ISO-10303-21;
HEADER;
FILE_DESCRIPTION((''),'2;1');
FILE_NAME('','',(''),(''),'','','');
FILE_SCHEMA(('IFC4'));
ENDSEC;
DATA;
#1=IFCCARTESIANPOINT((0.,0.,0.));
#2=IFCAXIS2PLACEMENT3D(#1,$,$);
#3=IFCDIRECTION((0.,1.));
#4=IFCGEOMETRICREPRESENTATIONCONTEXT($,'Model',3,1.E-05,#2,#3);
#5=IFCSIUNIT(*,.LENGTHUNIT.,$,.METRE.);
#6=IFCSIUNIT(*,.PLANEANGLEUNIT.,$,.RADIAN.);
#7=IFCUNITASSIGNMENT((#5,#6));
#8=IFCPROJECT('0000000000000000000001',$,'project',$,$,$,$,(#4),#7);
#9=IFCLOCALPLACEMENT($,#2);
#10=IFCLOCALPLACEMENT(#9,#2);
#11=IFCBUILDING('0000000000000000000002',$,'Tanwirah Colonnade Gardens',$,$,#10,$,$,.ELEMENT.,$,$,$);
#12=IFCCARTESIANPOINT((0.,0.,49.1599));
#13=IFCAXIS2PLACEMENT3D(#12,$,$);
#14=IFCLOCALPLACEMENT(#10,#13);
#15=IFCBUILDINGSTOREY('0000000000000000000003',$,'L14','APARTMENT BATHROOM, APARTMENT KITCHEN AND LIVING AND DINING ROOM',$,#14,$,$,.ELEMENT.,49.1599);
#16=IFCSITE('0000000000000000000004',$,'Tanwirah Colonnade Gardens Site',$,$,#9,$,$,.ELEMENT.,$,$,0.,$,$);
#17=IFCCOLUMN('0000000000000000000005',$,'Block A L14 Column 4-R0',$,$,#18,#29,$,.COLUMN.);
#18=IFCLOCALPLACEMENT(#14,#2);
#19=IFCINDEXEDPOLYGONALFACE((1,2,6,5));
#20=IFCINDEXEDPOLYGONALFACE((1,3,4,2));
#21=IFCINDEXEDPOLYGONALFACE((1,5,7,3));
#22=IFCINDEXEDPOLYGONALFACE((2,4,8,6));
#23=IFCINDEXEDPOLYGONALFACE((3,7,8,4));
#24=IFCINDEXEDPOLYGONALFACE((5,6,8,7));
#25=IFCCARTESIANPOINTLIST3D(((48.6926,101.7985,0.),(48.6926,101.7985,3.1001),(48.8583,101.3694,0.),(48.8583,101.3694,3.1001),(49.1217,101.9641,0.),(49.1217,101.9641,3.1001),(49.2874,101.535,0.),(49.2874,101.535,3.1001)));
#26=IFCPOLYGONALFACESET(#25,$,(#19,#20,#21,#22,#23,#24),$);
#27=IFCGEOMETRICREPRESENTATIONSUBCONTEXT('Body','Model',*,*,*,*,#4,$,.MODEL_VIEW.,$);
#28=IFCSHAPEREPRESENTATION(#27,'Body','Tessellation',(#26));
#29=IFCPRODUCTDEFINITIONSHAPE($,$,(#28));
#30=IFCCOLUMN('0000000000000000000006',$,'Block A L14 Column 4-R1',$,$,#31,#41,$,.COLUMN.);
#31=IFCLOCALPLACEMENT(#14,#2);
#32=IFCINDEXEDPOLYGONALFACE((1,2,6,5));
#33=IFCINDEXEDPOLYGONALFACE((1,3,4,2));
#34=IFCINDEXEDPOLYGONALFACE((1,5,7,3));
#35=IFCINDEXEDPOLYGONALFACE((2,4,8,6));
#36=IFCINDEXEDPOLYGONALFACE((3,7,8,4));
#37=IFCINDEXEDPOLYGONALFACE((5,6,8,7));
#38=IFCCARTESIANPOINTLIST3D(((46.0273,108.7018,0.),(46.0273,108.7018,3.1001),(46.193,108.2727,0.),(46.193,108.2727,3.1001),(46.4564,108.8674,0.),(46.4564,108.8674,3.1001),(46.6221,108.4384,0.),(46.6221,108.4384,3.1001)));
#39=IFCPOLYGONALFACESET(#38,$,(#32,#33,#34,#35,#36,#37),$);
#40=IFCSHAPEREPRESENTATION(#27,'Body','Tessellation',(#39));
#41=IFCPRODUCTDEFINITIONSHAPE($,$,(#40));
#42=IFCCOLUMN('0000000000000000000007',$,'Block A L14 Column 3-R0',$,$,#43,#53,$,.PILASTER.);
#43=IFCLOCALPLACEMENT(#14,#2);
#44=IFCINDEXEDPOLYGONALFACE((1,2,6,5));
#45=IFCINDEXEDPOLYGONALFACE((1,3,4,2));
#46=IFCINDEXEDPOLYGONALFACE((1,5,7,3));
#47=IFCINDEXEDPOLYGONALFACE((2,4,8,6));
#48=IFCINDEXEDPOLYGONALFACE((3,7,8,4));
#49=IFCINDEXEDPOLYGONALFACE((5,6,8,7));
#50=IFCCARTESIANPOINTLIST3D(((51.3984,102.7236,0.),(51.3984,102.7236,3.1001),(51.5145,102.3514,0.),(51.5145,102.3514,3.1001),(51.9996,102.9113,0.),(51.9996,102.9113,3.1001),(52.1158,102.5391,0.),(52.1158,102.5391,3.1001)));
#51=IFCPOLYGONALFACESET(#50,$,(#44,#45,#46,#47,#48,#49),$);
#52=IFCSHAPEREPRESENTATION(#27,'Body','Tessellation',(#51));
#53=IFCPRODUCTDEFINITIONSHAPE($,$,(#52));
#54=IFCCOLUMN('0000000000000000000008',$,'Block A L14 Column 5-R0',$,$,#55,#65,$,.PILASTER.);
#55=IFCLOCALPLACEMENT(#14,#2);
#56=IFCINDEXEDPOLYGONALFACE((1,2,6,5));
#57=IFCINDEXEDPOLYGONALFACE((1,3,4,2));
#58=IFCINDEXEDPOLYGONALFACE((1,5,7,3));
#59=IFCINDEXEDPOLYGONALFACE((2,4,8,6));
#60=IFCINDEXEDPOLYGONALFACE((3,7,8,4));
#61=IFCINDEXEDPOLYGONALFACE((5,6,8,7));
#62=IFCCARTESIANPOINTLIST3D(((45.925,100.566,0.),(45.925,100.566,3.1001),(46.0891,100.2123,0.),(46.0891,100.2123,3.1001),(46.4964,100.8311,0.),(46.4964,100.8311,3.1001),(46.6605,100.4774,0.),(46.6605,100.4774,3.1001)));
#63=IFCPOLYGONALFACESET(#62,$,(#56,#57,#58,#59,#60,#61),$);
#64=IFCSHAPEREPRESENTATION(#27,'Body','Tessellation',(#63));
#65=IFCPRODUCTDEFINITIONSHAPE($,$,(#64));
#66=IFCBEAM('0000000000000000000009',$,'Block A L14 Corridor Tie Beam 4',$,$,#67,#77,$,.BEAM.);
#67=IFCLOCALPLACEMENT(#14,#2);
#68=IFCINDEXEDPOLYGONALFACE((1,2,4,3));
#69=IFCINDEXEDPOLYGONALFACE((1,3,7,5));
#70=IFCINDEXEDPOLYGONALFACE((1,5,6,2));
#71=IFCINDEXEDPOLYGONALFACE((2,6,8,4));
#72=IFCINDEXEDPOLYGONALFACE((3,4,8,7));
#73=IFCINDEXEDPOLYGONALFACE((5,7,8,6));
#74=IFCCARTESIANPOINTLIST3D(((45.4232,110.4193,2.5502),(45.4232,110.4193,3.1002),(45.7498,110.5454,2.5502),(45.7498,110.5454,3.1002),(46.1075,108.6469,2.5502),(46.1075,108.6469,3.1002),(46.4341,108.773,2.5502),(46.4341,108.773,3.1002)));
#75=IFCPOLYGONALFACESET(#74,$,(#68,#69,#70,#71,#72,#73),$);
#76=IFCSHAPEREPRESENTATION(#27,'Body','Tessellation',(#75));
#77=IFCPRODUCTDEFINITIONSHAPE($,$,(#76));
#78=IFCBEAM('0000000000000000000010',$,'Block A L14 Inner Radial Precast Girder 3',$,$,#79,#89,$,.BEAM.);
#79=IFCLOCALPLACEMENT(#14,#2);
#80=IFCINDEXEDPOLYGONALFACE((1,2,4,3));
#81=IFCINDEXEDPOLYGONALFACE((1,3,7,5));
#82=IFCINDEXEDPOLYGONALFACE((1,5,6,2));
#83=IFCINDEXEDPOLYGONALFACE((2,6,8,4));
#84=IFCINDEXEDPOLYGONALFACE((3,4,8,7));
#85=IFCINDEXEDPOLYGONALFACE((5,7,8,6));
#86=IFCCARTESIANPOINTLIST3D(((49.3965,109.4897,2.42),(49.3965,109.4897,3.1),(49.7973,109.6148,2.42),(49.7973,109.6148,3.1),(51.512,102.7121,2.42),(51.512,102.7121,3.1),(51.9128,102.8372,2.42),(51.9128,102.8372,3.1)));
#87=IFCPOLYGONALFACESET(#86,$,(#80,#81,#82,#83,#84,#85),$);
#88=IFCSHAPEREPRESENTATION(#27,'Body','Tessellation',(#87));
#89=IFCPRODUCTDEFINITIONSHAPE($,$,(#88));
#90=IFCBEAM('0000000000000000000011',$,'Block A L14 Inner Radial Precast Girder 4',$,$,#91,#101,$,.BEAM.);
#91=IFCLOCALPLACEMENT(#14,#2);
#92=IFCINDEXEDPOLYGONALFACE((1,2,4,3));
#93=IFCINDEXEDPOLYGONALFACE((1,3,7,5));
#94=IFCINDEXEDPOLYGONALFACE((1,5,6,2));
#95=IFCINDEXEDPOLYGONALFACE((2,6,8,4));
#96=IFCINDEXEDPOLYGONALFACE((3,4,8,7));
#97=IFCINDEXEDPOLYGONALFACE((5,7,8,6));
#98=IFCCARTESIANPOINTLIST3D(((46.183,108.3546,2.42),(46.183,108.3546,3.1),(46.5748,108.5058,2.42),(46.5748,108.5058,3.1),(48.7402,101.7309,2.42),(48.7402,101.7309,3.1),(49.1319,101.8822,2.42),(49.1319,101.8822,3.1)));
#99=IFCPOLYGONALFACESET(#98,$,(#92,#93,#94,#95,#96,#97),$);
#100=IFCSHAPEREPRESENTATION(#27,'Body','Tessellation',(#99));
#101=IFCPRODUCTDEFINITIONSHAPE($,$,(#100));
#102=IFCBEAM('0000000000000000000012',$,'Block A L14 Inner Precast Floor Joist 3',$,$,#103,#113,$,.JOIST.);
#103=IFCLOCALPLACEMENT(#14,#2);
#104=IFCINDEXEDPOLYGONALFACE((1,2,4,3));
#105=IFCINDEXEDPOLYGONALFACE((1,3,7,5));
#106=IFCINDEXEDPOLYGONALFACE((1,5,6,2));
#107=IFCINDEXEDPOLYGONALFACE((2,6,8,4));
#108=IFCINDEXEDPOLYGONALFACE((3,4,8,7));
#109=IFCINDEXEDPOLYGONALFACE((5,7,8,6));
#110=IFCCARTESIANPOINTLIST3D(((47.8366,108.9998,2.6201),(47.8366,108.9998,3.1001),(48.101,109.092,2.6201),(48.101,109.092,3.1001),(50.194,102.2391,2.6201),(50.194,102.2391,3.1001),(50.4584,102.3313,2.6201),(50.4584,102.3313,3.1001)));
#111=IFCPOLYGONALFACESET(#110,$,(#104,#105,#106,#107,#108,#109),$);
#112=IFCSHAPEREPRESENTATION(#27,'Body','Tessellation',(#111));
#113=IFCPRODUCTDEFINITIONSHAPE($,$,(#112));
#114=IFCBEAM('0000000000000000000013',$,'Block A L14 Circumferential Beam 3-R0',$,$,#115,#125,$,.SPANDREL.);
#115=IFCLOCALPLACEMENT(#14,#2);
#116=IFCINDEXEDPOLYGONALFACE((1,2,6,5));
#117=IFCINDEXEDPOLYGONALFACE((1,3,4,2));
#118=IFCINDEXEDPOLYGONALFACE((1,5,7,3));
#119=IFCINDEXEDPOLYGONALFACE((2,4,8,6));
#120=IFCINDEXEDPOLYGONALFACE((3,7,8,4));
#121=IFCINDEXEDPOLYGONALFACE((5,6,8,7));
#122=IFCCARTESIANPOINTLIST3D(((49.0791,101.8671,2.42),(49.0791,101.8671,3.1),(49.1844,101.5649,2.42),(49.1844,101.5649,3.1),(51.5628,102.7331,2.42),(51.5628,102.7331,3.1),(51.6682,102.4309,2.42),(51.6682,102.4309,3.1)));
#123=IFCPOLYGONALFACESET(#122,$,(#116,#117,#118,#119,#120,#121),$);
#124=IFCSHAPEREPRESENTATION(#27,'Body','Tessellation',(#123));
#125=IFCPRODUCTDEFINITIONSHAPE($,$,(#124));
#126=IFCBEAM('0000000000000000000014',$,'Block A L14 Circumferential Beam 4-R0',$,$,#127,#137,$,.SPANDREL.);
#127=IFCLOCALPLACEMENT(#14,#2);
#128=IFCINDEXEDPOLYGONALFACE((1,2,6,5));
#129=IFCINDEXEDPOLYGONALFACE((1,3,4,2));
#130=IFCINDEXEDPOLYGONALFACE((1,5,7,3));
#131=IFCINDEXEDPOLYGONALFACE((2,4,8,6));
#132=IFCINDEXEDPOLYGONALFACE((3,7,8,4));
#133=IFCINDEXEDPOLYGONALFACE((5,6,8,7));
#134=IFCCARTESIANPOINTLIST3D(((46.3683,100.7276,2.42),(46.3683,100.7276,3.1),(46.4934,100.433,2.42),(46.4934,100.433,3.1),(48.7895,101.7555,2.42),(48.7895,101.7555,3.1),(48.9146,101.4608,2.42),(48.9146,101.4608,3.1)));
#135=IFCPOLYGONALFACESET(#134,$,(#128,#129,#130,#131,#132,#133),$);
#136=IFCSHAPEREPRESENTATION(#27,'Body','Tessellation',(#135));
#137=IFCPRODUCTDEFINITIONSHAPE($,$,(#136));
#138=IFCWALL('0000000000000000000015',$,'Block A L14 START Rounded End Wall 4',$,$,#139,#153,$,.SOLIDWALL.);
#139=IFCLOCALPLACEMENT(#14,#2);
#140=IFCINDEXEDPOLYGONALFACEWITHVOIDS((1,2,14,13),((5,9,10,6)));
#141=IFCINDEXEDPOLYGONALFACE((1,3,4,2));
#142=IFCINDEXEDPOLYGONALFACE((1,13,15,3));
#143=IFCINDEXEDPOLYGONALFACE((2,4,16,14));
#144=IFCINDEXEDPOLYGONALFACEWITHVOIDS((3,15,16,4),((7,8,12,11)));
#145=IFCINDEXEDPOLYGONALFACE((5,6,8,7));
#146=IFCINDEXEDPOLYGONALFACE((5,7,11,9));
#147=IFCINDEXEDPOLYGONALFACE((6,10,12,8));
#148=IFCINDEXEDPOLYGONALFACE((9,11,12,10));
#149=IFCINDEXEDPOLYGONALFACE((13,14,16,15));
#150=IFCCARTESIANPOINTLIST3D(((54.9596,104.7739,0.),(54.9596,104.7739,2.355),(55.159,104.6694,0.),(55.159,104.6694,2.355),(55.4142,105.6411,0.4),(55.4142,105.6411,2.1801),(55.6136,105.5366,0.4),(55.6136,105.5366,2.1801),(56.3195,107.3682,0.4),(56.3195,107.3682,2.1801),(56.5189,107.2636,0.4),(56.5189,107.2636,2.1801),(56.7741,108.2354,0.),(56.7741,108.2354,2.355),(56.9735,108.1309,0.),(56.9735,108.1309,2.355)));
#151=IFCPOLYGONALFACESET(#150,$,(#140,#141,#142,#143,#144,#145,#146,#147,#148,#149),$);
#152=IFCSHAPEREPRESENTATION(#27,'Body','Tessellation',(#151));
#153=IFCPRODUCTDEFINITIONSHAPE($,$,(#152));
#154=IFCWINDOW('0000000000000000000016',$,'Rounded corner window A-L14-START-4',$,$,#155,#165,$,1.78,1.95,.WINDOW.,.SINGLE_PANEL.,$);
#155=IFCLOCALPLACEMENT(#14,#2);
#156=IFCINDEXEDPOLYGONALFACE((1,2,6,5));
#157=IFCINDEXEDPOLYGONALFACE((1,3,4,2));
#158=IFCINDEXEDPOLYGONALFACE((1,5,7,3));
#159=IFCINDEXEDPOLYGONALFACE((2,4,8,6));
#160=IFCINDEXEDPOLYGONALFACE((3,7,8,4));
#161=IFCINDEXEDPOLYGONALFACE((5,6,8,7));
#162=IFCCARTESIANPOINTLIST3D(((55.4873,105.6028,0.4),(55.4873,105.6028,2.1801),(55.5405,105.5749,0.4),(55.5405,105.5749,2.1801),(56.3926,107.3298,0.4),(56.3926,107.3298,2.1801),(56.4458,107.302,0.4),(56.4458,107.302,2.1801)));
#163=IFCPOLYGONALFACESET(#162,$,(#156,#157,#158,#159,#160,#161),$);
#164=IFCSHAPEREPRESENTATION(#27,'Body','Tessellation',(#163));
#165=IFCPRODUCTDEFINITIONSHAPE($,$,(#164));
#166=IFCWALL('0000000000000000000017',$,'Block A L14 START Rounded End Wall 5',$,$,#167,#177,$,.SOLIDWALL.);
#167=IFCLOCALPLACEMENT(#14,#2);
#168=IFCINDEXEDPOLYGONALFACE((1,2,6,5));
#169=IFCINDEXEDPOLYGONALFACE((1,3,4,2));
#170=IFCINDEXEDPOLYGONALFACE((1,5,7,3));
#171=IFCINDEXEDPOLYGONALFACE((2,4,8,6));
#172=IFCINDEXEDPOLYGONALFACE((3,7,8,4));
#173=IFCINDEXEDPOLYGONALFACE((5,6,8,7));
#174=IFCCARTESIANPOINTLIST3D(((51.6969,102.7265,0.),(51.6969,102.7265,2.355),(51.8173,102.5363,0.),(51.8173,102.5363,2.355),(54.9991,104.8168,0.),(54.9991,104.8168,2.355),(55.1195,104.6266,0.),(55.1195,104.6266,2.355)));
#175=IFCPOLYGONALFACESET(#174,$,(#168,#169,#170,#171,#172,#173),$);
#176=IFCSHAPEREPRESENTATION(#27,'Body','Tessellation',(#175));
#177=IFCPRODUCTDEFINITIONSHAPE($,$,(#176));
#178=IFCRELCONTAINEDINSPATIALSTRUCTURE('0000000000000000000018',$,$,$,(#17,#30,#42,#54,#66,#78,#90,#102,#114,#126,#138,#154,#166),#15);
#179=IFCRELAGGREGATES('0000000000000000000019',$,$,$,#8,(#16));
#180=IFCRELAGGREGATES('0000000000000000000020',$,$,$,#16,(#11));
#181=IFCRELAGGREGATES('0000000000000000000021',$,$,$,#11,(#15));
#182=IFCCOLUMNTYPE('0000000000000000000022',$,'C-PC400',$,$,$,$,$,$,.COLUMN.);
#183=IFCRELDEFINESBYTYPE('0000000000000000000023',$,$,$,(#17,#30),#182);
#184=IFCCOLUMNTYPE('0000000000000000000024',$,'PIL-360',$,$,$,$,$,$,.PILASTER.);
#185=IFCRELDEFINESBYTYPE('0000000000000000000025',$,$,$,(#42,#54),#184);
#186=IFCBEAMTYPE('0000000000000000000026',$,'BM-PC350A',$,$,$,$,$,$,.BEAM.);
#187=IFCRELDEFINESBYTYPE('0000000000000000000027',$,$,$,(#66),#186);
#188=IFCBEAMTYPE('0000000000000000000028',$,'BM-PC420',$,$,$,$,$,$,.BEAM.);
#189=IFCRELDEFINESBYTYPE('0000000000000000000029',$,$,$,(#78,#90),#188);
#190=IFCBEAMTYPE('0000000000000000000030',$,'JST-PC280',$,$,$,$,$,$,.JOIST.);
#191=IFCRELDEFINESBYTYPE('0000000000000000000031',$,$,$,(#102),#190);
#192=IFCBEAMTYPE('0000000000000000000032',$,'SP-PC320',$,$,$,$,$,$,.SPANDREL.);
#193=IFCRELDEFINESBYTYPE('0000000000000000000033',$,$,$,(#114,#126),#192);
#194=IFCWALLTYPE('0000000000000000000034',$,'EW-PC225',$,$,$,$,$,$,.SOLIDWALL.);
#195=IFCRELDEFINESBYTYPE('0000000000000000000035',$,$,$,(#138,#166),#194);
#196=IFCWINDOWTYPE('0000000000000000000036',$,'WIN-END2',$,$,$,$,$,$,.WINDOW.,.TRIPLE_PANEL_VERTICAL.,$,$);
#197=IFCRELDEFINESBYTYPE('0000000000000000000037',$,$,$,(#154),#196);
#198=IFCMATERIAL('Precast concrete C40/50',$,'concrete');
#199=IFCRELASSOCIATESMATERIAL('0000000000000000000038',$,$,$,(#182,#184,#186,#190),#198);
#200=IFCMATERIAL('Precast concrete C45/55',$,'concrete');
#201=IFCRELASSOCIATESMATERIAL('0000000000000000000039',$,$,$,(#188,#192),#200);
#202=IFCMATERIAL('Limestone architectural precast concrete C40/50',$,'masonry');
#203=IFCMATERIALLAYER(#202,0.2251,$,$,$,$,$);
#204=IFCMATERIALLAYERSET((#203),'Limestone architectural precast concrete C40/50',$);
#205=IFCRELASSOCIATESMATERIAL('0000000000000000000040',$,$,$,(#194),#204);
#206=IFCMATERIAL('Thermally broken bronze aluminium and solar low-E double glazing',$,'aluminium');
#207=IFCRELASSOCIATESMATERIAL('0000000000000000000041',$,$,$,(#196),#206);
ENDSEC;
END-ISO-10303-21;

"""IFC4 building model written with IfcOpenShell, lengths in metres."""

from ifc_helpers import new_model, si_unit, direction, frame, frame_2d, origin, origin_2d, place, context, subcontext, project, spatial, rectangle, extrude, material, layer, layer_set, material_profile, profile_set, type_object, element, fill, save


model = new_model("IFC4")

# Units and contexts
model_context = context("Model", 3, precision=1e-05, world=origin(), true_north=direction((0.0, 1.0)))
body_context = subcontext(model_context, "Body", "Model", "MODEL_VIEW")
ifc_project = project(units=[si_unit("LENGTHUNIT", "METRE"), si_unit("PLANEANGLEUNIT", "RADIAN")], contexts=[model_context])

# Site, building, storey
site_placement = place(None, origin())
site = spatial("IfcSite", under=ifc_project, at=site_placement, Name="Tanwirah Colonnade Gardens Site", CompositionType="ELEMENT", RefElevation=0.0)
building_placement = place(site_placement, origin())
building = spatial("IfcBuilding", under=site, at=building_placement, Name="Tanwirah Colonnade Gardens", CompositionType="ELEMENT")
storey_placement = place(building_placement, frame((0.0, 0.0, 49.1599)))
storey = spatial("IfcBuildingStorey", under=building, at=storey_placement, Name="L14", Description="APARTMENT BATHROOM, APARTMENT KITCHEN AND LIVING AND DINING ROOM", CompositionType="ELEMENT", Elevation=49.1599)

# Columns
ifc_material_1 = material(Name="Precast concrete C40/50", Category="concrete")
ifc_material_profile_1 = material_profile(ifc_material_1, rectangle(XDim=0.46, YDim=0.46, at=origin_2d()), Name="PC-COL 460x460")
ifc_profile_set_1 = profile_set([ifc_material_profile_1], Name="Precast concrete C40/50")
column_type_1 = type_object("IfcColumnType", Name="C-PC400", PredefinedType="COLUMN", material=ifc_profile_set_1)
for number, where, z_axis, x_axis, name in (
    (1, (48.99, 101.6667, 0.0), (0.0, 0.0, 1.0), (-0.360178, 0.932884, 0.0), "Block A L14 Column 4-R0"),
    (2, (46.3247, 108.5701, 0.0), (0.0, 0.0, 1.0), (-0.360178, 0.932884, 0.0), "Block A L14 Column 4-R1"),
):
    element("IfcColumn", number, at=place(storey_placement, frame(where, z_axis=z_axis, x_axis=x_axis)), inside=storey, type_object=column_type_1, Name=name, PredefinedType="COLUMN", context=body_context, shape_type="SweptSolid", body=[
        extrude(rectangle(XDim=0.46, YDim=0.46, at=origin_2d()), origin(), (0.0, 0.0, 1.0), 3.1001),
    ])
ifc_material_profile_2 = material_profile(ifc_material_1, rectangle(XDim=0.3899, YDim=0.6299, at=origin_2d()), Name="PC-PIL 390x630")
ifc_profile_set_2 = profile_set([ifc_material_profile_2], Name="Precast concrete C40/50")
column_type_2 = type_object("IfcColumnType", Name="PIL-360", PredefinedType="PILASTER", material=ifc_profile_set_2)
for number, where, z_axis, x_axis, name in (
    (3, (51.7571, 102.6313, 0.0), (0.0, 0.0, 1.0), (-0.29793, 0.954588, 0.0), "Block A L14 Column 3-R0"),
    (4, (46.2927, 100.5217, 0.0), (0.0, 0.0, 1.0), (-0.42086, 0.907126, 0.0), "Block A L14 Column 5-R0"),
):
    element("IfcColumn", number, at=place(storey_placement, frame(where, z_axis=z_axis, x_axis=x_axis)), inside=storey, type_object=column_type_2, Name=name, PredefinedType="PILASTER", context=body_context, shape_type="SweptSolid", body=[
        extrude(rectangle(XDim=0.3899, YDim=0.6299, at=origin_2d()), origin(), (0.0, 0.0, 1.0), 3.1001),
    ])

# Beams
ifc_material_profile_3 = material_profile(ifc_material_1, rectangle(XDim=0.3501, YDim=0.55, at=origin_2d()), Name="PC-BM 350x550")
ifc_profile_set_3 = profile_set([ifc_material_profile_3], Name="Precast concrete C40/50")
beam_type_1 = type_object("IfcBeamType", Name="BM-PC350A", PredefinedType="BEAM", material=ifc_profile_set_3)
beam_1_placement = place(storey_placement, frame((46.2708, 108.71, 2.8252), z_axis=(-0.360176, 0.932885, 0.0), x_axis=(-0.932885, -0.360176, 0.0)))
element("IfcBeam", 5, at=beam_1_placement, inside=storey, type_object=beam_type_1, Name="Block A L14 Corridor Tie Beam 4", PredefinedType="BEAM", context=body_context, shape_type="SweptSolid", body=[
    extrude(rectangle(XDim=0.3501, YDim=0.55, at=origin_2d()), origin(), (0.0, 0.0, 1.0), 1.8999),
])
ifc_material_2 = material(Name="Precast concrete C45/55", Category="concrete")
ifc_material_profile_4 = material_profile(ifc_material_2, rectangle(XDim=0.4199, YDim=0.6799, at=origin_2d()), Name="PC-BM 420x680")
ifc_profile_set_4 = profile_set([ifc_material_profile_4], Name="Precast concrete C45/55")
beam_type_2 = type_object("IfcBeamType", Name="BM-PC420", PredefinedType="BEAM", material=ifc_profile_set_4)
for number, where, z_axis, x_axis, name in (
    (6, (49.5969, 109.5522, 2.76), (0.297952, -0.954581, 0.0), (0.954581, 0.297952, 0.0), "Block A L14 Inner Radial Precast Girder 3"),
    (7, (46.3789, 108.4302, 2.76), (0.360159, -0.932891, 0.0), (0.932891, 0.360159, 0.0), "Block A L14 Inner Radial Precast Girder 4"),
):
    element("IfcBeam", number, at=place(storey_placement, frame(where, z_axis=z_axis, x_axis=x_axis)), inside=storey, type_object=beam_type_2, Name=name, PredefinedType="BEAM", context=body_context, shape_type="SweptSolid", body=[
        extrude(rectangle(XDim=0.4199, YDim=0.6799, at=origin_2d()), origin(), (0.0, 0.0, 1.0), 7.1001),
    ])
ifc_material_profile_5 = material_profile(ifc_material_1, rectangle(XDim=0.28, YDim=0.48, at=origin_2d()), Name="PC-JST 280x480")
ifc_profile_set_5 = profile_set([ifc_material_profile_5], Name="Precast concrete C40/50")
beam_type_3 = type_object("IfcBeamType", Name="JST-PC280", PredefinedType="JOIST", material=ifc_profile_set_5)
beam_2_placement = place(storey_placement, frame((50.3262, 102.2852, 2.8601), z_axis=(-0.329251, 0.944243, 0.0), x_axis=(-0.944243, -0.329251, 0.0)))
element("IfcBeam", 8, at=beam_2_placement, inside=storey, type_object=beam_type_3, Name="Block A L14 Inner Precast Floor Joist 3", PredefinedType="JOIST", context=body_context, shape_type="SweptSolid", body=[
    extrude(rectangle(XDim=0.28, YDim=0.48, at=origin_2d()), origin(), (0.0, 0.0, 1.0), 7.1599),
])
ifc_material_profile_6 = material_profile(ifc_material_2, rectangle(XDim=0.3201, YDim=0.6799, at=origin_2d()), Name="PC-SP 320x680")
ifc_profile_set_6 = profile_set([ifc_material_profile_6], Name="Precast concrete C45/55")
beam_type_4 = type_object("IfcBeamType", Name="SP-PC320", PredefinedType="SPANDREL", material=ifc_profile_set_6)
for number, where, z_axis, x_axis, name in (
    (9, (51.6155, 102.582, 2.76), (-0.94425, -0.32923, 0.0), (0.32923, -0.94425, 0.0), "Block A L14 Circumferential Beam 3-R0"),
    (10, (48.8521, 101.6082, 2.76), (-0.920489, -0.390769, 0.0), (0.390769, -0.920489, 0.0), "Block A L14 Circumferential Beam 4-R0"),
):
    element("IfcBeam", number, at=place(storey_placement, frame(where, z_axis=z_axis, x_axis=x_axis)), inside=storey, type_object=beam_type_4, Name=name, PredefinedType="SPANDREL", context=body_context, shape_type="SweptSolid", body=[
        extrude(rectangle(XDim=0.3201, YDim=0.6799, at=origin_2d()), origin(), (0.0, 0.0, 1.0), 2.6304),
    ])

# Wall, opening, window
ifc_material_3 = material(Name="Limestone architectural precast concrete C40/50", Category="masonry")
ifc_layer_1 = layer(ifc_material_3, 0.2251)
ifc_layer_set_1 = layer_set([ifc_layer_1], Name="Limestone architectural precast concrete C40/50")
wall_type_1 = type_object("IfcWallType", Name="EW-PC225", PredefinedType="SOLIDWALL", material=ifc_layer_set_1)
wall_1_placement = place(storey_placement, frame((56.8738, 108.1831, 0.0), z_axis=(0.0, 0.0, 1.0), x_axis=(-0.464273, -0.885692, 0.0)))
wall_1 = element("IfcWall", 11, at=wall_1_placement, inside=storey, type_object=wall_type_1, Name="Block A L14 START Rounded End Wall 4", PredefinedType="SOLIDWALL", context=body_context, shape_type="SweptSolid", body=[
    extrude(rectangle(XDim=3.9082, YDim=0.2251, at=frame_2d((1.9541, 0.0))), origin(), (0.0, 0.0, 1.0), 2.355),
])
opening_1_placement = place(wall_1_placement, frame((0.979, 0.0, 0.3999)))
opening_1 = element("IfcOpeningElement", 12, at=opening_1_placement, cuts=wall_1, PredefinedType="OPENING", context=body_context, shape_type="SweptSolid", body=[
    extrude(rectangle(XDim=1.95, YDim=1.78, at=frame_2d((0.9751, 0.8901))), frame((0.0, 0.1226, 0.0), z_axis=(0.0, -1.0, 0.0), x_axis=(1.0, 0.0, 0.0)), (0.0, 0.0, 1.0), 0.2451),
])
ifc_material_4 = material(Name="Thermally broken bronze aluminium and solar low-E double glazing", Category="aluminium")
window_type = type_object("IfcWindowType", Name="WIN-END2", PartitioningType="TRIPLE_PANEL_VERTICAL", PredefinedType="WINDOW", material=ifc_material_4)
window_placement = place(opening_1_placement, origin())
window = element("IfcWindow", 13, at=window_placement, inside=storey, type_object=window_type, Name="Rounded corner window A-L14-START-4", OverallHeight=1.78, OverallWidth=1.95, PartitioningType="SINGLE_PANEL", PredefinedType="WINDOW", context=body_context, shape_type="SweptSolid", body=[
    extrude(rectangle(XDim=1.95, YDim=1.78, at=frame_2d((0.9751, 0.8901))), frame((0.0, 0.03, 0.0), z_axis=(0.0, -1.0, 0.0), x_axis=(1.0, 0.0, 0.0)), (0.0, 0.0, 1.0), 0.0601),
])
fill(opening_1, window)

# Wall
wall_2_placement = place(storey_placement, frame((55.0593, 104.7217, 0.0), z_axis=(0.0, 0.0, 1.0), x_axis=(-0.844945, -0.534853, 0.0)))
element("IfcWall", 14, at=wall_2_placement, inside=storey, type_object=wall_type_1, Name="Block A L14 START Rounded End Wall 5", PredefinedType="SOLIDWALL", context=body_context, shape_type="SweptSolid", body=[
    extrude(rectangle(XDim=3.9082, YDim=0.2251, at=frame_2d((1.9541, 0.0))), origin(), (0.0, 0.0, 1.0), 2.355),
])

save(model, "model.ifc")
